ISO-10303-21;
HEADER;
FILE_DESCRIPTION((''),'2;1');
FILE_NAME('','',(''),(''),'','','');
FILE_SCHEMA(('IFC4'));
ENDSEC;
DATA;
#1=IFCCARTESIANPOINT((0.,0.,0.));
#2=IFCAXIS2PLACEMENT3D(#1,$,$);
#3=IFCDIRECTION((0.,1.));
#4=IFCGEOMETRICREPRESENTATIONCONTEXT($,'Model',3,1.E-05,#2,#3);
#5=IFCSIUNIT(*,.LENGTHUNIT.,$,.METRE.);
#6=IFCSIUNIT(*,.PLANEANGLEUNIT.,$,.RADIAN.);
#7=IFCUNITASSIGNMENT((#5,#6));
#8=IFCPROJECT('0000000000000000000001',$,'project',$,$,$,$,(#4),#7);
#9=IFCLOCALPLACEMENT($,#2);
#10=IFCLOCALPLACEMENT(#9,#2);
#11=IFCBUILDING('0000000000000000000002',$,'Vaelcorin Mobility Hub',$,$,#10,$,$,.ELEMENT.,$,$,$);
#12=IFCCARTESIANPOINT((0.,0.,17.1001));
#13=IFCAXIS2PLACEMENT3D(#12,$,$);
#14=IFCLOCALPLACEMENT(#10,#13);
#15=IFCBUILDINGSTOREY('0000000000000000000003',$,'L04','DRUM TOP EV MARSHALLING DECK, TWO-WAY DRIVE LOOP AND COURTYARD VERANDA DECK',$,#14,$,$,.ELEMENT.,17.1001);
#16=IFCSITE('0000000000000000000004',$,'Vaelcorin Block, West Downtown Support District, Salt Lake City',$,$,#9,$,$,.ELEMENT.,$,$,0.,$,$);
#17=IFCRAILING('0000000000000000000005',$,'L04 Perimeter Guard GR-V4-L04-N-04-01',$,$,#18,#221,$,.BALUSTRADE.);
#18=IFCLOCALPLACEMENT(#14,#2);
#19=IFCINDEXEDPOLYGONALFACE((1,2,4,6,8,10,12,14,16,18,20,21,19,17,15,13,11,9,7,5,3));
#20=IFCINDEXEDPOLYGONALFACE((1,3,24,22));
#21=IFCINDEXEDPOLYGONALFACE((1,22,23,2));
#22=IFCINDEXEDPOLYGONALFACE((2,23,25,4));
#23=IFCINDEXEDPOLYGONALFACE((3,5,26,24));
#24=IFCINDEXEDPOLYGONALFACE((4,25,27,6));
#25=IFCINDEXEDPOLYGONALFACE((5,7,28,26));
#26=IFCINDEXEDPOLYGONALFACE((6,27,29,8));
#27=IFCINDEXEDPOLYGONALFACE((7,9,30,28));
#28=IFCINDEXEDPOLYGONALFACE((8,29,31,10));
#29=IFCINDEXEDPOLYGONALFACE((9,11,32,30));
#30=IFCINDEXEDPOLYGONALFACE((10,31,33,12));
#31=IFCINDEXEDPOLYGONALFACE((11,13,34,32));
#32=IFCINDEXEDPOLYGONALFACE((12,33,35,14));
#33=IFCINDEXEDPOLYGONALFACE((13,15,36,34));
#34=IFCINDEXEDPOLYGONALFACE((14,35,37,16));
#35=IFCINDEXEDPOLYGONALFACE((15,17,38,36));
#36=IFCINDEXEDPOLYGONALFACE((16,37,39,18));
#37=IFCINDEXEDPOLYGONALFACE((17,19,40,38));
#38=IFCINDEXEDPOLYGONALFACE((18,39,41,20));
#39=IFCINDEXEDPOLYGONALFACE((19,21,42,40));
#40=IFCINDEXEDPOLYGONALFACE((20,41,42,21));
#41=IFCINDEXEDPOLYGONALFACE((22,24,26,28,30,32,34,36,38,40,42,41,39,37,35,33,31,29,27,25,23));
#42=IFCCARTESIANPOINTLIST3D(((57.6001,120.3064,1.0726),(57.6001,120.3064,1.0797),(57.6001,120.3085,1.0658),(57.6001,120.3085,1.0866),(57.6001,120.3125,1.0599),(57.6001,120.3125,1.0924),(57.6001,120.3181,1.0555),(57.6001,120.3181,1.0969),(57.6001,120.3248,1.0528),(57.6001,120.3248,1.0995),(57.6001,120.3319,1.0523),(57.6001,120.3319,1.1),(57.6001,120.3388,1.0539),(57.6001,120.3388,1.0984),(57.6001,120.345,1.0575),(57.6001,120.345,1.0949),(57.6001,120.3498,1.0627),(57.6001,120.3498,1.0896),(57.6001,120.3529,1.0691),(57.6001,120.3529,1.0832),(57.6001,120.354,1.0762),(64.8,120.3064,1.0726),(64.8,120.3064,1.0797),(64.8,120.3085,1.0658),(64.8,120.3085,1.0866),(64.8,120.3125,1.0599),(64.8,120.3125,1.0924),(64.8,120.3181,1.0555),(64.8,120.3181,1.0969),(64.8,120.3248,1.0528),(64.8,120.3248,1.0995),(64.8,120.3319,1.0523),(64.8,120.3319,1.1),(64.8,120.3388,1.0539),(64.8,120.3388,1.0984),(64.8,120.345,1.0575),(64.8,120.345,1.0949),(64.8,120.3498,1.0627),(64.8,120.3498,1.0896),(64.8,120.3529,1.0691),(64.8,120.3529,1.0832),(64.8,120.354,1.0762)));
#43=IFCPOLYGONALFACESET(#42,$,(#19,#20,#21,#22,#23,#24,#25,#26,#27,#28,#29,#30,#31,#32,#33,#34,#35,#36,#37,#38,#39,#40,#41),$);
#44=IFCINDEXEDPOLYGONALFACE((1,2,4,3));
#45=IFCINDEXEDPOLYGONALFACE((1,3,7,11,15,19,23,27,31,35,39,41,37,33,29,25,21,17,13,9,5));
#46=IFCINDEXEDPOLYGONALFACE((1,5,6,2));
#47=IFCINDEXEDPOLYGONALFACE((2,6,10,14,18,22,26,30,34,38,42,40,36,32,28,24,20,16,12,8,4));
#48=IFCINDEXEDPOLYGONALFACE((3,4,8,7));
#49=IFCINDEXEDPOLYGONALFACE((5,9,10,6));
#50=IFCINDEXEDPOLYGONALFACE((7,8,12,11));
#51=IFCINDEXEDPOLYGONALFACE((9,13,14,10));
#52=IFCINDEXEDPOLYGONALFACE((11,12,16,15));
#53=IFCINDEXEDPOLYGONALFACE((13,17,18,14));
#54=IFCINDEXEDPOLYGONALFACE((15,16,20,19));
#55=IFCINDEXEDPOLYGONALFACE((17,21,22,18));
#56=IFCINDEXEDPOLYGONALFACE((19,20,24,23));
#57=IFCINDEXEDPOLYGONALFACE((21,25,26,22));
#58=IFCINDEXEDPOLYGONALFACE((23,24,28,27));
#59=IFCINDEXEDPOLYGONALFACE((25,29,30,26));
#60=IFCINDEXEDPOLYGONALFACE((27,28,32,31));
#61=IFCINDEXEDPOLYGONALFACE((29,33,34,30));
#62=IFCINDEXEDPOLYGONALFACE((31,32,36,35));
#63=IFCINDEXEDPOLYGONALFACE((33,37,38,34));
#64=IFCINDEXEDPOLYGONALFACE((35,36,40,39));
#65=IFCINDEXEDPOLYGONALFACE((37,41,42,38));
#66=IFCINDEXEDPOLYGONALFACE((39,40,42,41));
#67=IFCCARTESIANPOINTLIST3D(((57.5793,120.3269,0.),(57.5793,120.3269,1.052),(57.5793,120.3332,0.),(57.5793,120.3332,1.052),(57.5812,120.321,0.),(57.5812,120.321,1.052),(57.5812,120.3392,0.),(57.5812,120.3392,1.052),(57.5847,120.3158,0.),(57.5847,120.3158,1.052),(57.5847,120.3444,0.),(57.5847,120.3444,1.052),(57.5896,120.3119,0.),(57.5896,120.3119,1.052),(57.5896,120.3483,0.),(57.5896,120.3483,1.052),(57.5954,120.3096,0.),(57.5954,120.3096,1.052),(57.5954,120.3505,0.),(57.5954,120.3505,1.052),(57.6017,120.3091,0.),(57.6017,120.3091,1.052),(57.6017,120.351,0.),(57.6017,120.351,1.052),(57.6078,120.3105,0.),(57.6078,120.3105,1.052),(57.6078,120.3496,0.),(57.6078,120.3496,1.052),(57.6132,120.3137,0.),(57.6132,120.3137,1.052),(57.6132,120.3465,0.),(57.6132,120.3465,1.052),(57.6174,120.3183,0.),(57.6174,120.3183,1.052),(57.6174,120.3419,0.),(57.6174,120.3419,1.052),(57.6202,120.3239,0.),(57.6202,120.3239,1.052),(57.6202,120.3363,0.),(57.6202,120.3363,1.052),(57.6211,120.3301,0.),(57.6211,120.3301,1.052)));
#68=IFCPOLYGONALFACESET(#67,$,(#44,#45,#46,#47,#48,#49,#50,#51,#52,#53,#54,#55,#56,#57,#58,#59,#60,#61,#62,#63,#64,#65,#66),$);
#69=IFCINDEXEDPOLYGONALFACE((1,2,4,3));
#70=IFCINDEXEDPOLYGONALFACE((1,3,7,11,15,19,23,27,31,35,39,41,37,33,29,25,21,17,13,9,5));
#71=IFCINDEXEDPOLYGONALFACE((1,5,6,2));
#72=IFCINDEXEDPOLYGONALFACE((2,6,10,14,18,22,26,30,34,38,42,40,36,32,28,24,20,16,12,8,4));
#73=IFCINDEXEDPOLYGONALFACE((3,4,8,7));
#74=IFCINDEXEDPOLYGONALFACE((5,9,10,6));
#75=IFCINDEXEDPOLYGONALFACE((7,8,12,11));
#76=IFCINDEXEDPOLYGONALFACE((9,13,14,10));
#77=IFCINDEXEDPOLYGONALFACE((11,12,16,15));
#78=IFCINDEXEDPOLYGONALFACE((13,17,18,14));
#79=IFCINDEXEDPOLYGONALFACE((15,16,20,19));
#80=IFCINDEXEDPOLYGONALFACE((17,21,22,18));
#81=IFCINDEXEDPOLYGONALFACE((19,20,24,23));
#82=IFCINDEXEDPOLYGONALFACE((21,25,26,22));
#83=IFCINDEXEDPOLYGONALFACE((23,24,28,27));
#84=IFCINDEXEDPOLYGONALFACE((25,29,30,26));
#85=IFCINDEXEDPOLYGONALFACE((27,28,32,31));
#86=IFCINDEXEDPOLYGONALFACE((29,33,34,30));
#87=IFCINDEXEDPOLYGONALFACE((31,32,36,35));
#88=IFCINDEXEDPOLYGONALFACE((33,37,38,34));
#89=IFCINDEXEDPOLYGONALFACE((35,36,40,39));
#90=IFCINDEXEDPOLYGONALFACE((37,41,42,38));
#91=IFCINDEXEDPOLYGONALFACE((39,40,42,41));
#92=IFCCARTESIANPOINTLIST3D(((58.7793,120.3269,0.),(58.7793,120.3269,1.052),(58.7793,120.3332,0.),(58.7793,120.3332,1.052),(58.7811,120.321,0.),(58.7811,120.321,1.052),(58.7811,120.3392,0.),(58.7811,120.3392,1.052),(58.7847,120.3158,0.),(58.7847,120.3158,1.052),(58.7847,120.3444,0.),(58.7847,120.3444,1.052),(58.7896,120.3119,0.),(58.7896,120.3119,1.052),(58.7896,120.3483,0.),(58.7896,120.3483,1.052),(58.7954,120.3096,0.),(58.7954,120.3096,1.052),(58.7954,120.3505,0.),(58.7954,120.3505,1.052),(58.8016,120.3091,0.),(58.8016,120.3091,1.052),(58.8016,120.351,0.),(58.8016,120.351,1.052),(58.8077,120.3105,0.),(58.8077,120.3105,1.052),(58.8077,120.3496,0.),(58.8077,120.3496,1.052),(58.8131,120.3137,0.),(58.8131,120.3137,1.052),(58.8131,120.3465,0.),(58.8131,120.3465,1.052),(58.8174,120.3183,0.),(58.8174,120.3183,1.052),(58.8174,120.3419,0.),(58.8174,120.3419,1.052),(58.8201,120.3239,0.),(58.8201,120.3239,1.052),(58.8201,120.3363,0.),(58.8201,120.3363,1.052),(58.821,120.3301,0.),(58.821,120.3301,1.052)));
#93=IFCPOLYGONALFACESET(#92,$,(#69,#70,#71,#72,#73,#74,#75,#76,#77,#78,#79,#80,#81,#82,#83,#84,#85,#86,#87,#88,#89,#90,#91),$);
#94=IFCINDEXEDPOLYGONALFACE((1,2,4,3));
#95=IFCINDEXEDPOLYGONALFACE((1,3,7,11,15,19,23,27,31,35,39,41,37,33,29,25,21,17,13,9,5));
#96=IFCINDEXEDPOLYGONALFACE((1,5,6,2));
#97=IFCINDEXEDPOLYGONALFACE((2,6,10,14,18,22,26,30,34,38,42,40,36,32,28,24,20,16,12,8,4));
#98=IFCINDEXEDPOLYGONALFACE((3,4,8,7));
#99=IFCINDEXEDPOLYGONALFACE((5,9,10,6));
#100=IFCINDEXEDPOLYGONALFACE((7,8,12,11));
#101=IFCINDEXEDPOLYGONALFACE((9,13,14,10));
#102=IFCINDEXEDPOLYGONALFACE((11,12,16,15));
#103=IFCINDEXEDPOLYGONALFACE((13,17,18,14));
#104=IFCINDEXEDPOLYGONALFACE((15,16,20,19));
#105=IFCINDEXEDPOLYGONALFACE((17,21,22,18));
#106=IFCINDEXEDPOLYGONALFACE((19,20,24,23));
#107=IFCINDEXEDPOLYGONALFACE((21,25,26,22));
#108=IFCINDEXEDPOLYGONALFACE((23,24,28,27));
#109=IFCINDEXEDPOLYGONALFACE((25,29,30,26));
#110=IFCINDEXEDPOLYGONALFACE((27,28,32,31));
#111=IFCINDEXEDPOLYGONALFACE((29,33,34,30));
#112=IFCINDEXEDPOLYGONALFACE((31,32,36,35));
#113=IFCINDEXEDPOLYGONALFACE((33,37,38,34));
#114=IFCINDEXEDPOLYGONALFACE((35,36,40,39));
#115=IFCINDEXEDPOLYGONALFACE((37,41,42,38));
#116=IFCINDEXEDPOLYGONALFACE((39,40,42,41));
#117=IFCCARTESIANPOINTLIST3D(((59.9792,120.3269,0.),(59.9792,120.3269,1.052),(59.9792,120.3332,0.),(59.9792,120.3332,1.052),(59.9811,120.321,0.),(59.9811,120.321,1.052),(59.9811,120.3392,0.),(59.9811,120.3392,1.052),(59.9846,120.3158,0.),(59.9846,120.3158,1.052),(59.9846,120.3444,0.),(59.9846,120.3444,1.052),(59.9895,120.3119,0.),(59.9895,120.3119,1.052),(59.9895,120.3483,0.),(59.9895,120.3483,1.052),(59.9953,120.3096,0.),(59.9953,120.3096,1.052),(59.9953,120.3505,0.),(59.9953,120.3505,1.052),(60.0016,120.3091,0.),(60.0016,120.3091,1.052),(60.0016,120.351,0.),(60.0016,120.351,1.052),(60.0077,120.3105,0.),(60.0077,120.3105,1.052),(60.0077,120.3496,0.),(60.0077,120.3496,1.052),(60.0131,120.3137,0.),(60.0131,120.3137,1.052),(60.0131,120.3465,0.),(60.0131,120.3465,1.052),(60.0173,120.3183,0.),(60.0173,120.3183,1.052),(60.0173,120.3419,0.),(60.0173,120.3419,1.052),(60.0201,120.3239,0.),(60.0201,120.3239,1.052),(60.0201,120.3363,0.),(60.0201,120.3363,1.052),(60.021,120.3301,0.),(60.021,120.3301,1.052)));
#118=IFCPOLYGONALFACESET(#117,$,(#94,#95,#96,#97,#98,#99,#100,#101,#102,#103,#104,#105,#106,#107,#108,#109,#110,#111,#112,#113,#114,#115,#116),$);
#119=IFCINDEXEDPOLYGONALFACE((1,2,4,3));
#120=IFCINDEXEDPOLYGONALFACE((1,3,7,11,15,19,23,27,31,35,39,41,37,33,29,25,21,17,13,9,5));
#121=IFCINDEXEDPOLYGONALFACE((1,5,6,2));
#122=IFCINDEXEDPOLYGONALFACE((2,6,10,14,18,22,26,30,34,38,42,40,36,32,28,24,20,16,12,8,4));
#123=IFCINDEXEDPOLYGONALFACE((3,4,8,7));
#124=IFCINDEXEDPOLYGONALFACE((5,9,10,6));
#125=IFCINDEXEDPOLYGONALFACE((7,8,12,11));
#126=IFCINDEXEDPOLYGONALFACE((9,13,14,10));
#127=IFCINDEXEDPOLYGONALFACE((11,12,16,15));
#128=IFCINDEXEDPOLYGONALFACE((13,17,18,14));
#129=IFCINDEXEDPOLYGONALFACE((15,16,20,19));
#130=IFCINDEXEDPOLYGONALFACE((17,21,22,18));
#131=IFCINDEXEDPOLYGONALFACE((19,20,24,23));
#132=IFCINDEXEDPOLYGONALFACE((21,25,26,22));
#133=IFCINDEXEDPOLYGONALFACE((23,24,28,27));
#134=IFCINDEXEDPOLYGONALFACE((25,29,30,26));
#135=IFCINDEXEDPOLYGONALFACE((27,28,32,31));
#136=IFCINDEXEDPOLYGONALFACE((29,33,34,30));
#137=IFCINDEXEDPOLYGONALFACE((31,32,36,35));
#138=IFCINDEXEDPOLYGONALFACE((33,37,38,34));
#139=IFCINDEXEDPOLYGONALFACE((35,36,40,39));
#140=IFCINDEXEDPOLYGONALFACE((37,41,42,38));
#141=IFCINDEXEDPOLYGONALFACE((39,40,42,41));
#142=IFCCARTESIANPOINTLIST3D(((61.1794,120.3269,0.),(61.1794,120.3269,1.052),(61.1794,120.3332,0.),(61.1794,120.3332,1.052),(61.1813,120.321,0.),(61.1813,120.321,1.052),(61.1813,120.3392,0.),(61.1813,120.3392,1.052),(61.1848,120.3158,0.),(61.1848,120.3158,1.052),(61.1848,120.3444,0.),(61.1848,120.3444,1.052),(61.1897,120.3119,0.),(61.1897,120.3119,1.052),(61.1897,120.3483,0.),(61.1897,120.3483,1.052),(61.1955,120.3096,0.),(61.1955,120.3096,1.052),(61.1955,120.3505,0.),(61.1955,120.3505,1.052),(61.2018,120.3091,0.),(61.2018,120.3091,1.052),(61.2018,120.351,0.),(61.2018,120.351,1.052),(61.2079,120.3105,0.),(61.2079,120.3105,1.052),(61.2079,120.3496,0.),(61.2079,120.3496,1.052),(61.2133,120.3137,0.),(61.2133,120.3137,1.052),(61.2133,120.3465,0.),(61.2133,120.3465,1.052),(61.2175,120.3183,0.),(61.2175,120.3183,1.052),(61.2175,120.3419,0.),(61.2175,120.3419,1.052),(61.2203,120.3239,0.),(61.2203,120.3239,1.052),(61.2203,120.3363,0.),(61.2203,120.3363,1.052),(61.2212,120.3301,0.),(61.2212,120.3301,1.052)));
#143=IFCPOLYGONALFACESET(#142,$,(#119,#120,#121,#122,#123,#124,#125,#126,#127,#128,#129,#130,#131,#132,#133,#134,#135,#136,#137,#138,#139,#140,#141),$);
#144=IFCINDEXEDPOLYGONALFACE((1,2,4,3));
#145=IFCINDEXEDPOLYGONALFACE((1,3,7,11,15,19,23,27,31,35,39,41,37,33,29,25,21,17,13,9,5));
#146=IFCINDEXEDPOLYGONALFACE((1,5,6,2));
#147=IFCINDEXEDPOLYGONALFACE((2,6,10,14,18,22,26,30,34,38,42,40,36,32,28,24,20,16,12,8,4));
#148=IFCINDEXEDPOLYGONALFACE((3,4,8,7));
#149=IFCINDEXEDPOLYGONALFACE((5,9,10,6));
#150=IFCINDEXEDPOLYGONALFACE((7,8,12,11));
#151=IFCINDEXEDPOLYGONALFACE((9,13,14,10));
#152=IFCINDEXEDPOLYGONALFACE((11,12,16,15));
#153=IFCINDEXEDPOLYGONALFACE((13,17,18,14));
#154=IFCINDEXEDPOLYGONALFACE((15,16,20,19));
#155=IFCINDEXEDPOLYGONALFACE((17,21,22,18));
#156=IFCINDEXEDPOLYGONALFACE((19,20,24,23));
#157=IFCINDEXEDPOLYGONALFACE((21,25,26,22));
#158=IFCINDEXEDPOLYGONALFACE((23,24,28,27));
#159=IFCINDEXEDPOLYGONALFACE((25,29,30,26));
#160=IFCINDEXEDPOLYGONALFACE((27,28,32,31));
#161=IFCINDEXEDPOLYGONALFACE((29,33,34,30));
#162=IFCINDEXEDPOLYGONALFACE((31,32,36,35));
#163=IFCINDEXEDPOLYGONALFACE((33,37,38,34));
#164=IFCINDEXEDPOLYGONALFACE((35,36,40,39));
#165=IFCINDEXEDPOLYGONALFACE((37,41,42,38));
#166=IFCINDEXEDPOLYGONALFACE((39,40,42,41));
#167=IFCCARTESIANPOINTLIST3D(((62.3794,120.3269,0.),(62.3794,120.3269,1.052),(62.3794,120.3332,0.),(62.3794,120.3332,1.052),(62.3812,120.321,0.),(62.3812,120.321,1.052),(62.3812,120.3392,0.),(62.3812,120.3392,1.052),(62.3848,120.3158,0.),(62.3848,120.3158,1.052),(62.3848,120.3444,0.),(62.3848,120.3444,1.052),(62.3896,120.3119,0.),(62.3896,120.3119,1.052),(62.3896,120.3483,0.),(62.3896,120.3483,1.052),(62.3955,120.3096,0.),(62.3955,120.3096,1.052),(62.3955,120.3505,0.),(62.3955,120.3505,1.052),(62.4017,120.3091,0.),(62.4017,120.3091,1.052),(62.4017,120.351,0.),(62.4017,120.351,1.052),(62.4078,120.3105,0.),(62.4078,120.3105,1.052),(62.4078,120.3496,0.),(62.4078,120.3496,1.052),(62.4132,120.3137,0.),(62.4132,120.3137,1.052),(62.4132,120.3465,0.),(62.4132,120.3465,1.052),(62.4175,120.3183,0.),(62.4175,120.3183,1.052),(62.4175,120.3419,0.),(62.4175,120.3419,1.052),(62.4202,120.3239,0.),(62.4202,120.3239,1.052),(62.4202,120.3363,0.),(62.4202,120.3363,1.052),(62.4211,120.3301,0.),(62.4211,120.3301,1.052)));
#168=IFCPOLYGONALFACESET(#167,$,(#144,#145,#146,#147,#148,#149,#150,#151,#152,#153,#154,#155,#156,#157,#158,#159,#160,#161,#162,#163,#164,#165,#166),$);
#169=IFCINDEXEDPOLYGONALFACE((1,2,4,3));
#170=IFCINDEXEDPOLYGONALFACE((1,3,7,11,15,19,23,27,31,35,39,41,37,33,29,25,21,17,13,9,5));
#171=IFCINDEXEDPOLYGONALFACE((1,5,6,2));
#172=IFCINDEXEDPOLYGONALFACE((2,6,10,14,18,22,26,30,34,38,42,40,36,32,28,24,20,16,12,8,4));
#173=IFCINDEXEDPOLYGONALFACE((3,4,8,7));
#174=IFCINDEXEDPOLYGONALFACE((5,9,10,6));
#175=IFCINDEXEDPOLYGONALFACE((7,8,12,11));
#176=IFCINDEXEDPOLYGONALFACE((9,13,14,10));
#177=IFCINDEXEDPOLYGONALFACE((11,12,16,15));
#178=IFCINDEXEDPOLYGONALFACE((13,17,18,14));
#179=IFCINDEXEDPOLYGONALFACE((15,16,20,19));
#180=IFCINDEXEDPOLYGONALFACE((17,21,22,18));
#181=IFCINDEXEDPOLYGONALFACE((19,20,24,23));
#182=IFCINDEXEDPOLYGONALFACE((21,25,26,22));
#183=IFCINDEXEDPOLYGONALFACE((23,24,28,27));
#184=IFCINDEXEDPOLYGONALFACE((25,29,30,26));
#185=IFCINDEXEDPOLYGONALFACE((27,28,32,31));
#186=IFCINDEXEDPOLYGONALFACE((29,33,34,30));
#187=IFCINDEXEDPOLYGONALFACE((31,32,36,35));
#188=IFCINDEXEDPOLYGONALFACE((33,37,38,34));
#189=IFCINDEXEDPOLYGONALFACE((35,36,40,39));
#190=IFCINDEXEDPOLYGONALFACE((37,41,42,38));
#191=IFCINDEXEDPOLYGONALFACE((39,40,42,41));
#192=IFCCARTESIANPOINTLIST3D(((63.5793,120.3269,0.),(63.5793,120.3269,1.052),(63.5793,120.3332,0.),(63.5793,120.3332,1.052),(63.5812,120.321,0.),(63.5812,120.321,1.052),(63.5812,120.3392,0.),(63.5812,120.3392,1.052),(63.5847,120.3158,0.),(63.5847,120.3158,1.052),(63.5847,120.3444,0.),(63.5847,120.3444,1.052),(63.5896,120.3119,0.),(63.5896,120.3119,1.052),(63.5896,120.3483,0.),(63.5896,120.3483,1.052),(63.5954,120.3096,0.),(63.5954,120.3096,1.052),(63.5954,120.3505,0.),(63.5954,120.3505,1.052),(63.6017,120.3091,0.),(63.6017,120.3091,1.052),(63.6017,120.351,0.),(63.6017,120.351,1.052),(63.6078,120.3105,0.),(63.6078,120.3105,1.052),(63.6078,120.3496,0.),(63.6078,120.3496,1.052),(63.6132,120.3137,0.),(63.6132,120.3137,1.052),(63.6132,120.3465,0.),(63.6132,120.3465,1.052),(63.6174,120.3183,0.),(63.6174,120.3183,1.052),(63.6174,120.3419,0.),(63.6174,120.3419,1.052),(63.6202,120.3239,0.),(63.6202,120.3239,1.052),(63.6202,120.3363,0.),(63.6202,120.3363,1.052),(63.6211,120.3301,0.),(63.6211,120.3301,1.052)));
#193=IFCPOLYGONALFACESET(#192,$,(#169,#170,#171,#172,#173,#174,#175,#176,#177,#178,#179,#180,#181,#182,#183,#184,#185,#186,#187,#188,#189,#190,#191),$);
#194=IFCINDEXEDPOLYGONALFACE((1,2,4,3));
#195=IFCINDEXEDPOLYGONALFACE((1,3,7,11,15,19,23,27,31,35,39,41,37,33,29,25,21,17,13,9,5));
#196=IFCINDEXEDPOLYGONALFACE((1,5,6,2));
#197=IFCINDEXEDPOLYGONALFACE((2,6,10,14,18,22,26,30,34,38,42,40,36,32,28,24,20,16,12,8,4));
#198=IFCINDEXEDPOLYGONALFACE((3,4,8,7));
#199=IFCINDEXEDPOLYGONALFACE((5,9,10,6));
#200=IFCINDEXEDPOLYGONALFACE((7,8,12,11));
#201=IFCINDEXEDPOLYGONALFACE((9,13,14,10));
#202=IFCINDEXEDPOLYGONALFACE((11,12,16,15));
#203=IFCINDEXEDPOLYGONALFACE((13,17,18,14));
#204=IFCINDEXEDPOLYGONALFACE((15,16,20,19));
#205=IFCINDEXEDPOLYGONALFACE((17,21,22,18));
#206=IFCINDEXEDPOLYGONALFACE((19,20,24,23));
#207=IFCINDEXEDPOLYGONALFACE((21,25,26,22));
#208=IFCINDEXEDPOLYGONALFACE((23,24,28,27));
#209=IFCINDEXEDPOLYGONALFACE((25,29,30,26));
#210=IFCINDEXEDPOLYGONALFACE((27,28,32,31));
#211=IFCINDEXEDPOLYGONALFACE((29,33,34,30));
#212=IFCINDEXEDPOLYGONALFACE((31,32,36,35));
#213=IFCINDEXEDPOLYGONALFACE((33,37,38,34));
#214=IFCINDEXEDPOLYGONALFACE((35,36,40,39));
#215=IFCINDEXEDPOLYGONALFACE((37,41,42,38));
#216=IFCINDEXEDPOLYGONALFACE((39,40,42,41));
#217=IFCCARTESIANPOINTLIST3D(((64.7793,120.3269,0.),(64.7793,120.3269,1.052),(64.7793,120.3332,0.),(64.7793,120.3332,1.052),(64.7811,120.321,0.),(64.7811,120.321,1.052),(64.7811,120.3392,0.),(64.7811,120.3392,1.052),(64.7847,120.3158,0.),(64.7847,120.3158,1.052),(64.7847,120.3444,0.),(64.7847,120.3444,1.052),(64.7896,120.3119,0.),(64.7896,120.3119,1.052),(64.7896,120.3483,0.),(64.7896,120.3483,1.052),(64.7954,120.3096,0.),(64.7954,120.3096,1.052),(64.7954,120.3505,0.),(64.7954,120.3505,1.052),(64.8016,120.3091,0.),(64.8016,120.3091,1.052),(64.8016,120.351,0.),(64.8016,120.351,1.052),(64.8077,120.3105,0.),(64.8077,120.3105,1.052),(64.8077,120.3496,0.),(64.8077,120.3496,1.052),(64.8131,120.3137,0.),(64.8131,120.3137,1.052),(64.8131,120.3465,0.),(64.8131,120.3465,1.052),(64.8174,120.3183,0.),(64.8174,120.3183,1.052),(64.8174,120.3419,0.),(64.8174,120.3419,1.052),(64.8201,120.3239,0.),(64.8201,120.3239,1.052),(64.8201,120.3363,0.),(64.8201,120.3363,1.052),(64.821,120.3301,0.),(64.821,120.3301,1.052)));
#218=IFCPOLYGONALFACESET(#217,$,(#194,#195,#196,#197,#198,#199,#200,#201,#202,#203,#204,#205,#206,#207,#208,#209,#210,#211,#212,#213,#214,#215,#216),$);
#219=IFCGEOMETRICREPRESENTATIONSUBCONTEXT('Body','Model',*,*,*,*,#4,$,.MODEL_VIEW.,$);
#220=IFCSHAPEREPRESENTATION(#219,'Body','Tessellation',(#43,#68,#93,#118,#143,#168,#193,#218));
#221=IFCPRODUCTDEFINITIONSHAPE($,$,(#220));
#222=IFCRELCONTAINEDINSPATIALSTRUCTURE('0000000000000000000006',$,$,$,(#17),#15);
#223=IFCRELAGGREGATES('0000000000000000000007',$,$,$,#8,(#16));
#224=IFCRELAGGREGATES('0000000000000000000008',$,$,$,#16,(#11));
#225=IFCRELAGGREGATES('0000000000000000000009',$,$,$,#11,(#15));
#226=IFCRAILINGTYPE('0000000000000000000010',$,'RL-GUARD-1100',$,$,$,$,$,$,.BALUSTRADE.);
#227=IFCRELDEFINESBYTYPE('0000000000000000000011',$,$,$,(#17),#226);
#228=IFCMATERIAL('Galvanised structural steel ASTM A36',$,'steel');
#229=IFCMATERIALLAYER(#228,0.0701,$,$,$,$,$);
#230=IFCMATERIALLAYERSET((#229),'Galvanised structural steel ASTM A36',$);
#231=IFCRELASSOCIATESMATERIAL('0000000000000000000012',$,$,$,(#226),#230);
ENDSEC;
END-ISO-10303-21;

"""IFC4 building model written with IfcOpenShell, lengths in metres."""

from ifc_helpers import new_model, si_unit, direction, frame, origin, origin_2d, place, context, subcontext, project, spatial, circle, extrude, material, layer, layer_set, type_object, element, save


model = new_model("IFC4")

# Units and contexts
model_context = context("Model", 3, precision=1e-05, world=origin(), true_north=direction((0.0, 1.0)))
body_context = subcontext(model_context, "Body", "Model", "MODEL_VIEW")
ifc_project = project(units=[si_unit("LENGTHUNIT", "METRE"), si_unit("PLANEANGLEUNIT", "RADIAN")], contexts=[model_context])

# Site, building, storey
site_placement = place(None, origin())
site = spatial("IfcSite", under=ifc_project, at=site_placement, Name="Vaelcorin Block, West Downtown Support District, Salt Lake City", CompositionType="ELEMENT", RefElevation=0.0)
building_placement = place(site_placement, origin())
building = spatial("IfcBuilding", under=site, at=building_placement, Name="Vaelcorin Mobility Hub", CompositionType="ELEMENT")
storey_placement = place(building_placement, frame((0.0, 0.0, 17.1001)))
storey = spatial("IfcBuildingStorey", under=building, at=storey_placement, Name="L04", Description="DRUM TOP EV MARSHALLING DECK, TWO-WAY DRIVE LOOP AND COURTYARD VERANDA DECK", CompositionType="ELEMENT", Elevation=17.1001)

# Railing
ifc_material_1 = material(Name="Galvanised structural steel ASTM A36", Category="steel")
ifc_layer_1 = layer(ifc_material_1, 0.0701)
ifc_layer_set_1 = layer_set([ifc_layer_1], Name="Galvanised structural steel ASTM A36")
railing_type_1 = type_object("IfcRailingType", Name="RL-GUARD-1100", PredefinedType="BALUSTRADE", material=ifc_layer_set_1)
railing_1_placement = place(storey_placement, frame((57.6001, 120.3301, 0.0)))
element("IfcRailing", 1, at=railing_1_placement, inside=storey, type_object=railing_type_1, Name="L04 Perimeter Guard GR-V4-L04-N-04-01", PredefinedType="BALUSTRADE", context=body_context, shape_type="SweptSolid", body=[
    extrude(circle(Radius=0.0239, at=origin_2d()), frame((0.0, 0.0, 1.0762), z_axis=(1.0, 0.0, 0.0), x_axis=(0.0, 1.0, 0.0)), (0.0, 0.0, 1.0), 7.2),
    extrude(circle(Radius=0.021, at=origin_2d()), origin(), (0.0, 0.0, 1.0), 1.052),
    extrude(circle(Radius=0.021, at=origin_2d()), frame((1.2, 0.0, 0.0)), (0.0, 0.0, 1.0), 1.052),
    extrude(circle(Radius=0.021, at=origin_2d()), frame((2.3999, 0.0, 0.0)), (0.0, 0.0, 1.0), 1.052),
    extrude(circle(Radius=0.021, at=origin_2d()), frame((3.6001, 0.0, 0.0)), (0.0, 0.0, 1.0), 1.052),
    extrude(circle(Radius=0.021, at=origin_2d()), frame((4.8, 0.0, 0.0)), (0.0, 0.0, 1.0), 1.052),
    extrude(circle(Radius=0.021, at=origin_2d()), frame((6.0, 0.0, 0.0)), (0.0, 0.0, 1.0), 1.052),
    extrude(circle(Radius=0.021, at=origin_2d()), frame((7.2, 0.0, 0.0)), (0.0, 0.0, 1.0), 1.052),
])

save(model, "model.ifc")
